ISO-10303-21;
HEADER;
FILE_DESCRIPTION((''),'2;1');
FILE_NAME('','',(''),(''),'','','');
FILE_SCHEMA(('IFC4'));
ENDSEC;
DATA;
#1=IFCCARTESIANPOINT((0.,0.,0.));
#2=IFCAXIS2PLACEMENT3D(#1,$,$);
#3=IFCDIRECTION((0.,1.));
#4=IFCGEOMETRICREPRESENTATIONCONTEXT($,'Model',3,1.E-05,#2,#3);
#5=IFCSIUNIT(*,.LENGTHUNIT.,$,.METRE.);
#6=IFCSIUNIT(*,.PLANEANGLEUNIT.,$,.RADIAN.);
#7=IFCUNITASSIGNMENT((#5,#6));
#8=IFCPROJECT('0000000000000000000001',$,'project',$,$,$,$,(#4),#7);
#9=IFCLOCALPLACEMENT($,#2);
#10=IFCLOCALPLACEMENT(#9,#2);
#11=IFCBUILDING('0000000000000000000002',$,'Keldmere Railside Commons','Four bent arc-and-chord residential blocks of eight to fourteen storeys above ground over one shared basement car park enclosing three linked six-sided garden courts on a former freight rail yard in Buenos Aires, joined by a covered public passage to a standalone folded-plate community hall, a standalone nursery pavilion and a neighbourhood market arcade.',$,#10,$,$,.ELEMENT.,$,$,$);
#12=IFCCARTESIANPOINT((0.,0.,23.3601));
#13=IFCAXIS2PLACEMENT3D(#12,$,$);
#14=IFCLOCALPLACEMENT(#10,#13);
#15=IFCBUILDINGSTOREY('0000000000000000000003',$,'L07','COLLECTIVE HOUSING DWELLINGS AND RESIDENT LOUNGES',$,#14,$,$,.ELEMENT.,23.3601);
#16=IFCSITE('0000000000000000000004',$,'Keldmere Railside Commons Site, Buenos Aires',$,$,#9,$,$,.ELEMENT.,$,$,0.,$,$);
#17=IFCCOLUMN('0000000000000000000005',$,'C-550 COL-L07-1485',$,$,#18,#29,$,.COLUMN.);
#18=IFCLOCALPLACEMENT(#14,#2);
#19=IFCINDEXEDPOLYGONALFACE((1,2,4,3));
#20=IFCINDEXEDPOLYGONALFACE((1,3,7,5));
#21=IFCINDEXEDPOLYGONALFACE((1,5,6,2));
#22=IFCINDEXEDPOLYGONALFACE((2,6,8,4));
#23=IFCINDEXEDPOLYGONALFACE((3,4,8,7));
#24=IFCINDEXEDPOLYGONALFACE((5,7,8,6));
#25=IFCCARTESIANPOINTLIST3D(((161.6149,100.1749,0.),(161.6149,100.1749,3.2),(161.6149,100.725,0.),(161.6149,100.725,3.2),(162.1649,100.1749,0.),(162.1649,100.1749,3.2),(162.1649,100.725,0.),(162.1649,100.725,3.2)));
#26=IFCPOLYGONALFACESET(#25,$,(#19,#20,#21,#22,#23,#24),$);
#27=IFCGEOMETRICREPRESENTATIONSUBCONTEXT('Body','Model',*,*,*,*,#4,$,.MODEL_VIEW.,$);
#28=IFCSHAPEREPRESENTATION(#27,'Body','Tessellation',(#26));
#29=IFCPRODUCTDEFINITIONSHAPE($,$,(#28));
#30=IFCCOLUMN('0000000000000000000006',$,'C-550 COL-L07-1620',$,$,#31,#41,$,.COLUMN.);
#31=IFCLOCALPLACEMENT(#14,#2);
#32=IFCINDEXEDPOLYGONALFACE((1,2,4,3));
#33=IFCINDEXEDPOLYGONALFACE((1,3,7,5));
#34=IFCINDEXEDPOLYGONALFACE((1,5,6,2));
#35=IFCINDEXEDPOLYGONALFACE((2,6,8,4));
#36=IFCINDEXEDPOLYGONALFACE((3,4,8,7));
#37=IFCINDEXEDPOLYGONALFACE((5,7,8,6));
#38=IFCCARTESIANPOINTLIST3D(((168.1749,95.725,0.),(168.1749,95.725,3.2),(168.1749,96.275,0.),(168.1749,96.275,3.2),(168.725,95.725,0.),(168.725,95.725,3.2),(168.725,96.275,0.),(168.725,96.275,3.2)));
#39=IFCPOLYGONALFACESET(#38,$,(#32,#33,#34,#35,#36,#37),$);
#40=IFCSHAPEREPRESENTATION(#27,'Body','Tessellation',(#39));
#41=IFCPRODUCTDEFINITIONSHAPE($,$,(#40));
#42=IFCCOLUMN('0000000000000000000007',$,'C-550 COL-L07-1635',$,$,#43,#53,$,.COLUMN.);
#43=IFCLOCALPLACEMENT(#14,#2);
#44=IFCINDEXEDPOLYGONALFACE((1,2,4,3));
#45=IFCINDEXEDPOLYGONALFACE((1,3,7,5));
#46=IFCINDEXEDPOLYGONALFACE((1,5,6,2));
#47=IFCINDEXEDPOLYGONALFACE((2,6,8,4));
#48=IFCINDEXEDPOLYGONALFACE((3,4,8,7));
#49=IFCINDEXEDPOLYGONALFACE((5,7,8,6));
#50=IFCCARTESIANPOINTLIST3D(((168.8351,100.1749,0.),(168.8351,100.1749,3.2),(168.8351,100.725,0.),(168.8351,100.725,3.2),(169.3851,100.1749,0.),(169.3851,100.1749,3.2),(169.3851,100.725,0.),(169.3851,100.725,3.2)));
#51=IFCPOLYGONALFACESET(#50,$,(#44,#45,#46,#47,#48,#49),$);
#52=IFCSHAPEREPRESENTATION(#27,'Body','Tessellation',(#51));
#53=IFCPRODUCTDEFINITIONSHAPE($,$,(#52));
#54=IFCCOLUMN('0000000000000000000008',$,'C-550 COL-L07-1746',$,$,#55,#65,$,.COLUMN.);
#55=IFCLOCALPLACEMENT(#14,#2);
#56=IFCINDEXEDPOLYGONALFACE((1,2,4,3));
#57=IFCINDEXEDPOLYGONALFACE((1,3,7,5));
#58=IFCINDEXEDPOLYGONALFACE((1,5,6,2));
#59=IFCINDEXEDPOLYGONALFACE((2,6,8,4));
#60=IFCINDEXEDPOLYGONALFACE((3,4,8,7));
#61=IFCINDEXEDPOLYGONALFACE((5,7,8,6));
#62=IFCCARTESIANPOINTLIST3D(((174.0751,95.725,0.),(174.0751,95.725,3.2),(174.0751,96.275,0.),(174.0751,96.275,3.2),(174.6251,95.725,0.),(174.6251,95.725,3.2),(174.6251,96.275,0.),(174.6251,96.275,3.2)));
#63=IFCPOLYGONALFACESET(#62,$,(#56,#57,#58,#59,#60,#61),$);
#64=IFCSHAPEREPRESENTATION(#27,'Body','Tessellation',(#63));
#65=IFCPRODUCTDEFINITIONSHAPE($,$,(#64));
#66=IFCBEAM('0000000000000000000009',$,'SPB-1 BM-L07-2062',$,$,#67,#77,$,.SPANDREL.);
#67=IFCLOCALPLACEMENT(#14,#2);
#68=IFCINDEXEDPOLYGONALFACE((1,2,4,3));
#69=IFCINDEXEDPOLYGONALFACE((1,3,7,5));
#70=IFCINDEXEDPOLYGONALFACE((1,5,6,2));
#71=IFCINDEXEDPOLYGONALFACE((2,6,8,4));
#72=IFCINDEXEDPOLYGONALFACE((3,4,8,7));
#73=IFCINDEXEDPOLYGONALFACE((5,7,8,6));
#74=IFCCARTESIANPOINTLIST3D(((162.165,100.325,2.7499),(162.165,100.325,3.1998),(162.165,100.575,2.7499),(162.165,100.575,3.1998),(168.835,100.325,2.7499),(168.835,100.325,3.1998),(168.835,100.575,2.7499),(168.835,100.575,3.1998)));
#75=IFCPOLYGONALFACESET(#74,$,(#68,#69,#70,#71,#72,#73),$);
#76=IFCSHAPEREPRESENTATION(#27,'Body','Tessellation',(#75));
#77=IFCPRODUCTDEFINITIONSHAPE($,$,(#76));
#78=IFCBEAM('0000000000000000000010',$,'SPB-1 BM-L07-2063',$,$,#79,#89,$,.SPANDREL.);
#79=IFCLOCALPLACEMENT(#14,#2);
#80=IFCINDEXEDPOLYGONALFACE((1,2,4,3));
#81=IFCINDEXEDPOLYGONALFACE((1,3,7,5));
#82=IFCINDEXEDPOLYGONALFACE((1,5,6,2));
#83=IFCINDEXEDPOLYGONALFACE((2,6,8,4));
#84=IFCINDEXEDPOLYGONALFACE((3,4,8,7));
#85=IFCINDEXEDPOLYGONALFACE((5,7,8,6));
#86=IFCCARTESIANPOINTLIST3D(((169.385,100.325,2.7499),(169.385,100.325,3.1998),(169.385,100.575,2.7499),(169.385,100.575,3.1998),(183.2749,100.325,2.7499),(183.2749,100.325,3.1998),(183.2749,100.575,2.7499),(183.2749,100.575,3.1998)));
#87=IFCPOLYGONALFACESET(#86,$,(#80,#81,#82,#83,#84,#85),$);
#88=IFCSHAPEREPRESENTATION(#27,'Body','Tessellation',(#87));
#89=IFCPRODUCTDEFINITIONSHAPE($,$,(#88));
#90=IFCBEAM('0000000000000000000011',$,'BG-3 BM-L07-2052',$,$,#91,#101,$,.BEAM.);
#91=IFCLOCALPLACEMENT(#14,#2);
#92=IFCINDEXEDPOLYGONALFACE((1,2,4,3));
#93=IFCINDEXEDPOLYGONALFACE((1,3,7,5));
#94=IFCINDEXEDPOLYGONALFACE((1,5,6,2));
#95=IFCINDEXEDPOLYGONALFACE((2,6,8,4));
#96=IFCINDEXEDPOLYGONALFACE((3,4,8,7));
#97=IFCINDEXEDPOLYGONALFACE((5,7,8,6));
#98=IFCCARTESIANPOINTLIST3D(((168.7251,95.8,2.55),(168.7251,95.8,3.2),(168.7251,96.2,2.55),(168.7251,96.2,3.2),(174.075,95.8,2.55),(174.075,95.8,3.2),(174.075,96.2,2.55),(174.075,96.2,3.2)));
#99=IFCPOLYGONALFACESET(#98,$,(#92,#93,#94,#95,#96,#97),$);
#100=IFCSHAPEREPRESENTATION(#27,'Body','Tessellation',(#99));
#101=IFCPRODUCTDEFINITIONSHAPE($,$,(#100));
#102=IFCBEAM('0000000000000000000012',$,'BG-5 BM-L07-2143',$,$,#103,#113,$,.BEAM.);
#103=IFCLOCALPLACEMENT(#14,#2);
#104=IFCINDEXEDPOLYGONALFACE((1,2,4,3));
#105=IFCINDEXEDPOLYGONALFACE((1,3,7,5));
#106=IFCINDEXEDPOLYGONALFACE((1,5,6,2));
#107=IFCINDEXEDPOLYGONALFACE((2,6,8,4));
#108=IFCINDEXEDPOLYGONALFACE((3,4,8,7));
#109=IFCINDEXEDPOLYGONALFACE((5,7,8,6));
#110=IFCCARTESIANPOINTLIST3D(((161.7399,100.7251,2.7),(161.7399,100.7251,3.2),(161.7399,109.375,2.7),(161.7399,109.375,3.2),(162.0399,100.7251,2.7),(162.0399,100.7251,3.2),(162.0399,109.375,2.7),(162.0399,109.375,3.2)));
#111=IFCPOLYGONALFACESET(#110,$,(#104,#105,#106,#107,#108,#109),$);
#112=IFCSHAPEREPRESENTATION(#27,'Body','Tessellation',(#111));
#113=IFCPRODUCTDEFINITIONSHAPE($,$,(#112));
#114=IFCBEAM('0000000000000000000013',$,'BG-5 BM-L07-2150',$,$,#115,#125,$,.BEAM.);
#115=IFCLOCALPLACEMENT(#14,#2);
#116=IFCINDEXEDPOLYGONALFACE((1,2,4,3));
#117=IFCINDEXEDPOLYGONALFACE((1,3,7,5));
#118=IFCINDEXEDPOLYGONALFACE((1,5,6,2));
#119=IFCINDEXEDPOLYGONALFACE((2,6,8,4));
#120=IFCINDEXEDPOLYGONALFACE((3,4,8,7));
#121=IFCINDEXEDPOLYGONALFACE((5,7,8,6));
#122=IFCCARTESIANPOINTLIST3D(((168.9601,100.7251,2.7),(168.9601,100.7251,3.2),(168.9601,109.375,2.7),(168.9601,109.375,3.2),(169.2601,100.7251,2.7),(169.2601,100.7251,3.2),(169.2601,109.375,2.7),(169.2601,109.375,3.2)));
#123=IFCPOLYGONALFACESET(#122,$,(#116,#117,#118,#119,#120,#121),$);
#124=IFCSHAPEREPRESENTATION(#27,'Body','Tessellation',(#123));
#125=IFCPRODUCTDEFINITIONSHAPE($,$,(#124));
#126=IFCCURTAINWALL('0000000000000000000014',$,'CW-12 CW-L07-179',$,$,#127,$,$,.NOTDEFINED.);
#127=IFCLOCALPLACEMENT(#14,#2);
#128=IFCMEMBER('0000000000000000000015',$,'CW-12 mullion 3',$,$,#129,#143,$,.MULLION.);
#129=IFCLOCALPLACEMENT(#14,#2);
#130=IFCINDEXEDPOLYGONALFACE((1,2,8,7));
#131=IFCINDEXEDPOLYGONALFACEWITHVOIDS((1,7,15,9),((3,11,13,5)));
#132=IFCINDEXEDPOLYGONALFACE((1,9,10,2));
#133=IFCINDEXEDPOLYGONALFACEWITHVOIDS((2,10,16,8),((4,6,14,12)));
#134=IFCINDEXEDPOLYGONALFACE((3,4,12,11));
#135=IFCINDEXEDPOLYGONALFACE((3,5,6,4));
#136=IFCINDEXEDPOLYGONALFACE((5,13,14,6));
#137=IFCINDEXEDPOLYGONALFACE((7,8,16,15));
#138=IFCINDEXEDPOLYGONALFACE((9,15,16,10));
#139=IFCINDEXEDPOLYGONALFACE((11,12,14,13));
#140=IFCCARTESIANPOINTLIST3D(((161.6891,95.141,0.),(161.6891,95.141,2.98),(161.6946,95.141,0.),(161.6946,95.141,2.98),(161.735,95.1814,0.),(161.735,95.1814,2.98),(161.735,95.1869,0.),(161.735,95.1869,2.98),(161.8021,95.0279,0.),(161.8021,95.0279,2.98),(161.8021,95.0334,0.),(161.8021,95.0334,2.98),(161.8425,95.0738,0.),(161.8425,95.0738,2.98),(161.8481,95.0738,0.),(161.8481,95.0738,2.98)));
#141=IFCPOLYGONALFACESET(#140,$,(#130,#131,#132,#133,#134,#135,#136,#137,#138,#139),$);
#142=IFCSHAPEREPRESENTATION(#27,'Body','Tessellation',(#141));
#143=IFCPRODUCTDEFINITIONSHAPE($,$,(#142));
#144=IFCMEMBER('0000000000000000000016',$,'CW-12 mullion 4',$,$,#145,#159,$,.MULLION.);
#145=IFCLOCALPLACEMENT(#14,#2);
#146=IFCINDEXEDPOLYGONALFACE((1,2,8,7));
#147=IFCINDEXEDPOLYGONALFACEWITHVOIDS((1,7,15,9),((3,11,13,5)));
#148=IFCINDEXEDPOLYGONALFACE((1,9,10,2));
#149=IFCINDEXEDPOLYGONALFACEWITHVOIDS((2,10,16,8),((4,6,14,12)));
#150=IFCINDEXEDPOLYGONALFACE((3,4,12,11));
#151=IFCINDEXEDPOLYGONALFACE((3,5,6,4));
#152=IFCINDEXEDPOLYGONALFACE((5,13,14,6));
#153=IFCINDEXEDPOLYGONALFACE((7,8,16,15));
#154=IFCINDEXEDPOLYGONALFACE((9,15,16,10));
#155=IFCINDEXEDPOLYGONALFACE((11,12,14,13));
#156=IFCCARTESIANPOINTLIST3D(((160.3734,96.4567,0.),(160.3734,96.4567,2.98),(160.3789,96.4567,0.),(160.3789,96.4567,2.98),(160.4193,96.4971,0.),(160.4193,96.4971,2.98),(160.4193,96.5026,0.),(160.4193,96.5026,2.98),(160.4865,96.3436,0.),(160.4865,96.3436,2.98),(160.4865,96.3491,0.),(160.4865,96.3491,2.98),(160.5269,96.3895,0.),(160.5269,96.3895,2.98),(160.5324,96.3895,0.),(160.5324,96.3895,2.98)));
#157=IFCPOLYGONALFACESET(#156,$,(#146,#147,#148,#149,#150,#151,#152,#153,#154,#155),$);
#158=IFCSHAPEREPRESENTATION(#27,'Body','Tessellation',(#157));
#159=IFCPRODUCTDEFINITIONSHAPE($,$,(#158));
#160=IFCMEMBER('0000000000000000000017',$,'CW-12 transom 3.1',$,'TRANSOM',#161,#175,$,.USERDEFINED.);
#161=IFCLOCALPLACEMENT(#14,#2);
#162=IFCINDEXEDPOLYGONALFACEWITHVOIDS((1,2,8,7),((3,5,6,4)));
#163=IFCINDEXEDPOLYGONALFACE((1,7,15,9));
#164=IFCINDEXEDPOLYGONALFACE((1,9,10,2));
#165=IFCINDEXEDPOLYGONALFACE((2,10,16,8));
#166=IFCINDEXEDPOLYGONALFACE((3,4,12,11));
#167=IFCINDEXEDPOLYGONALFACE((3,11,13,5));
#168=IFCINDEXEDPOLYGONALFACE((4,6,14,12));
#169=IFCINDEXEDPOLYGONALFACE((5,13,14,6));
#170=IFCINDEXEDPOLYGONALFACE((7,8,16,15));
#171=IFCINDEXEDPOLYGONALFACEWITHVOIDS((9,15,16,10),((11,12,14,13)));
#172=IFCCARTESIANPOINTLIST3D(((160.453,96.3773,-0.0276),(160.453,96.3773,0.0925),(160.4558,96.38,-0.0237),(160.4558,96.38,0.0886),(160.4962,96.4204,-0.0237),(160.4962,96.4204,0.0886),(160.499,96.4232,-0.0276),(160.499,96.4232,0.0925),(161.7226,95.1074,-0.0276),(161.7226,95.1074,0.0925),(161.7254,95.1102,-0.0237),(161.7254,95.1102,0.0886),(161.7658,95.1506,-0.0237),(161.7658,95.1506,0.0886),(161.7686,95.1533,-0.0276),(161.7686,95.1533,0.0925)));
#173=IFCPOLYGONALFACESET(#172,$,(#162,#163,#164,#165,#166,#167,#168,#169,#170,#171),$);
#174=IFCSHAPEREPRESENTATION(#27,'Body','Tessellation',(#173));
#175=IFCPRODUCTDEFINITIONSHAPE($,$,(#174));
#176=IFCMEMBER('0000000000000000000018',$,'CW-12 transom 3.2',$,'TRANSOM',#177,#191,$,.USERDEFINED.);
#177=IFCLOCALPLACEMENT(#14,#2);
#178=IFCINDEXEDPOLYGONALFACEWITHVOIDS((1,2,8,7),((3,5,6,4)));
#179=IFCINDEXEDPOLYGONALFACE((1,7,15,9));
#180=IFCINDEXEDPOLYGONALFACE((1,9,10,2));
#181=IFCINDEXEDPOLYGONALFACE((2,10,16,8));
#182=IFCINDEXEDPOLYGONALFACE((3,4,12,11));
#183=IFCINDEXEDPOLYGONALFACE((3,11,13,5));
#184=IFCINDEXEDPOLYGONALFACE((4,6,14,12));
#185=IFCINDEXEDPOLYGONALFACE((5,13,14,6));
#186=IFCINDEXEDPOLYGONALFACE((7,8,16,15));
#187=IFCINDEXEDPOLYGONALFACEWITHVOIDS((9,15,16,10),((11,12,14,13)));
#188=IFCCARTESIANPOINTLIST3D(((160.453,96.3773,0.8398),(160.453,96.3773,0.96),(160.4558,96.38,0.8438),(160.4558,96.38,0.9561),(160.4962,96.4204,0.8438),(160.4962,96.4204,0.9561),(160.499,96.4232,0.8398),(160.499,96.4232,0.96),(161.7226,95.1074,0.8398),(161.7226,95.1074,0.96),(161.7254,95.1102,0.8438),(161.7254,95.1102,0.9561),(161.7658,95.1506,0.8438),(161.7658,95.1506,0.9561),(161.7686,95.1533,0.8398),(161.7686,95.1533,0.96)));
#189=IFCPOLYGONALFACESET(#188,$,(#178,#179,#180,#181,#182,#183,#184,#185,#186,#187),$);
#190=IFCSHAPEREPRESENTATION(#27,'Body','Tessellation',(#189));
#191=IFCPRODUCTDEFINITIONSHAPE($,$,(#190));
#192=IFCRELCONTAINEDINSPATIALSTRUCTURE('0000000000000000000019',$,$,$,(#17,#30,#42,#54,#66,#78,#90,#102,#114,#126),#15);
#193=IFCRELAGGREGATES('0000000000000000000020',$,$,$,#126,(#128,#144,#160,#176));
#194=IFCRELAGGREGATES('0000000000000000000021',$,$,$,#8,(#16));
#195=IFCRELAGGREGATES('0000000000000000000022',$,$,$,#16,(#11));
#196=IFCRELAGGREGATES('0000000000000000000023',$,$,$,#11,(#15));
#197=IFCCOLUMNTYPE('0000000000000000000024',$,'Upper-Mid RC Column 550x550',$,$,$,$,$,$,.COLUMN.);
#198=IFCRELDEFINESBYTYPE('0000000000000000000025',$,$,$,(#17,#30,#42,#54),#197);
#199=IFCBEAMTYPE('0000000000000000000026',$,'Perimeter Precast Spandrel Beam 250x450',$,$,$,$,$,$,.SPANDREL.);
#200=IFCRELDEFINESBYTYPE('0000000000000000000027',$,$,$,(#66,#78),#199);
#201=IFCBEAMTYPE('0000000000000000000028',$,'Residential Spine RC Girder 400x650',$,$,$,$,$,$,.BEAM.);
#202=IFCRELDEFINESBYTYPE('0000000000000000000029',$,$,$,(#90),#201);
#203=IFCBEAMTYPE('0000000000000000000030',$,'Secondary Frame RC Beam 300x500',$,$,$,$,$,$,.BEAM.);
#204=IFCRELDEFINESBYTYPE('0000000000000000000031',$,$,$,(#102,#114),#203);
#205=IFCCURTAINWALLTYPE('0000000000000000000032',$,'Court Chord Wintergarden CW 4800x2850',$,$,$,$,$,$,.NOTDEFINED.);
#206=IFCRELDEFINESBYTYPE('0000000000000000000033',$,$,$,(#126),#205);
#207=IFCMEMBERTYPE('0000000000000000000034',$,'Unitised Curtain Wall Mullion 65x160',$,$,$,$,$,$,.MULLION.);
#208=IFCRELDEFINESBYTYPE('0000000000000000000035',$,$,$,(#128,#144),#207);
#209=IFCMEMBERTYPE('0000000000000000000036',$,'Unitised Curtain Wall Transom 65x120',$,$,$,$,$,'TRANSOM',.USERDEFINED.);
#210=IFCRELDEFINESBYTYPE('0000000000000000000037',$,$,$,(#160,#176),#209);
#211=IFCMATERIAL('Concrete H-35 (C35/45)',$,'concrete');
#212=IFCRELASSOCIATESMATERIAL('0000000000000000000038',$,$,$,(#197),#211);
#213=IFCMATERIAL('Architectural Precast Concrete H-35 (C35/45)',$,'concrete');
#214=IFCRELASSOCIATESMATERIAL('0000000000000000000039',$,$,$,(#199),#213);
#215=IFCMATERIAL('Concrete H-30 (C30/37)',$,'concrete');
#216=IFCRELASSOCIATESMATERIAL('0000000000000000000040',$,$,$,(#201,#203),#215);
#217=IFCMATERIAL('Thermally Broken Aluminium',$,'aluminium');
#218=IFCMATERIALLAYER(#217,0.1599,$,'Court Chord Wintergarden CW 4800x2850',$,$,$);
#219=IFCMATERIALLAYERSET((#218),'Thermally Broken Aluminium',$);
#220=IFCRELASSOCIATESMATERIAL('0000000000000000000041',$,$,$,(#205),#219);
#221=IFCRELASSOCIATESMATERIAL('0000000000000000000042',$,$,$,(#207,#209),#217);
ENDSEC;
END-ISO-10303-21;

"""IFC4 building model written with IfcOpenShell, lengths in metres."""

from ifc_helpers import new_model, si_unit, direction, frame, origin, origin_2d, place, context, subcontext, project, spatial, rectangle, hollow_rectangle, extrude, material, layer, layer_set, material_profile, profile_set, type_object, element, aggregate, save


model = new_model("IFC4")

# Units and contexts
model_context = context("Model", 3, precision=1e-05, world=origin(), true_north=direction((0.0, 1.0)))
body_context = subcontext(model_context, "Body", "Model", "MODEL_VIEW")
ifc_project = project(units=[si_unit("LENGTHUNIT", "METRE"), si_unit("PLANEANGLEUNIT", "RADIAN")], contexts=[model_context])

# Site, building, storey
site_placement = place(None, origin())
site = spatial("IfcSite", under=ifc_project, at=site_placement, Name="Keldmere Railside Commons Site, Buenos Aires", CompositionType="ELEMENT", RefElevation=0.0)
building_placement = place(site_placement, origin())
building = spatial("IfcBuilding", under=site, at=building_placement, Name="Keldmere Railside Commons", Description="Four bent arc-and-chord residential blocks of eight to fourteen storeys above ground over one shared basement car park enclosing three linked six-sided garden courts on a former freight rail yard in Buenos Aires, joined by a covered public passage to a standalone folded-plate community hall, a standalone nursery pavilion and a neighbourhood market arcade.", CompositionType="ELEMENT")
storey_placement = place(building_placement, frame((0.0, 0.0, 23.3601)))
storey = spatial("IfcBuildingStorey", under=building, at=storey_placement, Name="L07", Description="COLLECTIVE HOUSING DWELLINGS AND RESIDENT LOUNGES", CompositionType="ELEMENT", Elevation=23.3601)

# Columns
ifc_material_1 = material(Name="Concrete H-35 (C35/45)", Category="concrete")
ifc_material_profile_1 = material_profile(ifc_material_1, rectangle(XDim=0.55, YDim=0.55, at=origin_2d()), Name="RC-550x550")
ifc_profile_set_1 = profile_set([ifc_material_profile_1], Name="Concrete H-35 (C35/45)")
column_type = type_object("IfcColumnType", Name="Upper-Mid RC Column 550x550", PredefinedType="COLUMN", material=ifc_profile_set_1)
for number, where, z_axis, x_axis, name in (
    (1, (161.8899, 100.45, 0.0), (0.0, 0.0, 1.0), (1.0, 0.0, 0.0), "C-550 COL-L07-1485"),
    (2, (168.45, 96.0, 0.0), (0.0, 0.0, 1.0), (1.0, 0.0, 0.0), "C-550 COL-L07-1620"),
    (3, (169.1101, 100.45, 0.0), (0.0, 0.0, 1.0), (1.0, 0.0, 0.0), "C-550 COL-L07-1635"),
    (4, (174.3501, 96.0, 0.0), (0.0, 0.0, 1.0), (1.0, 0.0, 0.0), "C-550 COL-L07-1746"),
):
    element("IfcColumn", number, at=place(storey_placement, frame(where, z_axis=z_axis, x_axis=x_axis)), inside=storey, type_object=column_type, Name=name, PredefinedType="COLUMN", context=body_context, shape_type="SweptSolid", body=[
        extrude(rectangle(XDim=0.55, YDim=0.55, at=origin_2d()), origin(), (0.0, 0.0, 1.0), 3.2),
    ])

# Beams
ifc_material_2 = material(Name="Architectural Precast Concrete H-35 (C35/45)", Category="concrete")
ifc_material_profile_2 = material_profile(ifc_material_2, rectangle(XDim=0.25, YDim=0.45, at=origin_2d()), Name="RC-250x450")
ifc_profile_set_2 = profile_set([ifc_material_profile_2], Name="Architectural Precast Concrete H-35 (C35/45)")
beam_type_1 = type_object("IfcBeamType", Name="Perimeter Precast Spandrel Beam 250x450", PredefinedType="SPANDREL", material=ifc_profile_set_2)
beam_1_placement = place(storey_placement, frame((162.165, 100.45, 2.9749), z_axis=(1.0, 0.0, 0.0), x_axis=(0.0, 1.0, 0.0)))
element("IfcBeam", 5, at=beam_1_placement, inside=storey, type_object=beam_type_1, Name="SPB-1 BM-L07-2062", PredefinedType="SPANDREL", context=body_context, shape_type="SweptSolid", body=[
    extrude(rectangle(XDim=0.25, YDim=0.45, at=origin_2d()), origin(), (0.0, 0.0, 1.0), 6.6699),
])
beam_2_placement = place(storey_placement, frame((169.385, 100.45, 2.9749), z_axis=(1.0, 0.0, 0.0), x_axis=(0.0, 1.0, 0.0)))
element("IfcBeam", 6, at=beam_2_placement, inside=storey, type_object=beam_type_1, Name="SPB-1 BM-L07-2063", PredefinedType="SPANDREL", context=body_context, shape_type="SweptSolid", body=[
    extrude(rectangle(XDim=0.25, YDim=0.45, at=origin_2d()), origin(), (0.0, 0.0, 1.0), 13.8899),
])
ifc_material_3 = material(Name="Concrete H-30 (C30/37)", Category="concrete")
ifc_material_profile_3 = material_profile(ifc_material_3, rectangle(XDim=0.3999, YDim=0.6499, at=origin_2d()), Name="RC-400x650")
ifc_profile_set_3 = profile_set([ifc_material_profile_3], Name="Concrete H-30 (C30/37)")
beam_type_2 = type_object("IfcBeamType", Name="Residential Spine RC Girder 400x650", PredefinedType="BEAM", material=ifc_profile_set_3)
beam_3_placement = place(storey_placement, frame((168.7251, 96.0, 2.875), z_axis=(1.0, 0.0, 0.0), x_axis=(0.0, 1.0, 0.0)))
element("IfcBeam", 7, at=beam_3_placement, inside=storey, type_object=beam_type_2, Name="BG-3 BM-L07-2052", PredefinedType="BEAM", context=body_context, shape_type="SweptSolid", body=[
    extrude(rectangle(XDim=0.3999, YDim=0.6499, at=origin_2d()), origin(), (0.0, 0.0, 1.0), 5.3499),
])
ifc_material_profile_4 = material_profile(ifc_material_3, rectangle(XDim=0.3, YDim=0.5, at=origin_2d()), Name="RC-300x500")
ifc_profile_set_4 = profile_set([ifc_material_profile_4], Name="Concrete H-30 (C30/37)")
beam_type_3 = type_object("IfcBeamType", Name="Secondary Frame RC Beam 300x500", PredefinedType="BEAM", material=ifc_profile_set_4)
for number, where, z_axis, x_axis, name in (
    (8, (161.8899, 100.7251, 2.95), (0.0, 1.0, 0.0), (-1.0, 0.0, 0.0), "BG-5 BM-L07-2143"),
    (9, (169.1101, 100.7251, 2.95), (0.0, 1.0, 0.0), (-1.0, 0.0, 0.0), "BG-5 BM-L07-2150"),
):
    element("IfcBeam", number, at=place(storey_placement, frame(where, z_axis=z_axis, x_axis=x_axis)), inside=storey, type_object=beam_type_3, Name=name, PredefinedType="BEAM", context=body_context, shape_type="SweptSolid", body=[
        extrude(rectangle(XDim=0.3, YDim=0.5, at=origin_2d()), origin(), (0.0, 0.0, 1.0), 8.6499),
    ])

# Curtain wall, members
ifc_material_4 = material(Name="Thermally Broken Aluminium", Category="aluminium")
ifc_layer_1 = layer(ifc_material_4, 0.1599, Name="Court Chord Wintergarden CW 4800x2850")
ifc_layer_set_1 = layer_set([ifc_layer_1], Name="Thermally Broken Aluminium")
curtain_wall_type = type_object("IfcCurtainWallType", Name="Court Chord Wintergarden CW 4800x2850", PredefinedType="NOTDEFINED", material=ifc_layer_set_1)
curtain_wall_placement = place(storey_placement, origin())
curtain_wall = element("IfcCurtainWall", 10, at=curtain_wall_placement, inside=storey, type_object=curtain_wall_type, Name="CW-12 CW-L07-179", PredefinedType="NOTDEFINED")
ifc_material_profile_5 = material_profile(ifc_material_4, hollow_rectangle(XDim=0.0649, YDim=0.1599, WallThickness=0.0039, at=origin_2d()), Name="ALU-MULL-65x160")
ifc_profile_set_5 = profile_set([ifc_material_profile_5], Name="Thermally Broken Aluminium")
member_type_1 = type_object("IfcMemberType", Name="Unitised Curtain Wall Mullion 65x160", PredefinedType="MULLION", material=ifc_profile_set_5)
member_1_placement = place(storey_placement, frame((161.7686, 95.1074, 0.0), z_axis=(0.0, 0.0, 1.0), x_axis=(-0.707107, -0.707107, 0.0)))
member_1 = element("IfcMember", 11, at=member_1_placement, type_object=member_type_1, Name="CW-12 mullion 3", PredefinedType="MULLION", context=body_context, shape_type="SweptSolid", body=[
    extrude(hollow_rectangle(XDim=0.0649, YDim=0.1599, WallThickness=0.0039, at=origin_2d()), origin(), (0.0, 0.0, 1.0), 2.98),
])
member_2_placement = place(storey_placement, frame((160.4529, 96.4231, 0.0), z_axis=(0.0, 0.0, 1.0), x_axis=(-0.707107, -0.707107, 0.0)))
member_2 = element("IfcMember", 12, at=member_2_placement, type_object=member_type_1, Name="CW-12 mullion 4", PredefinedType="MULLION", context=body_context, shape_type="SweptSolid", body=[
    extrude(hollow_rectangle(XDim=0.0649, YDim=0.1599, WallThickness=0.0039, at=origin_2d()), origin(), (0.0, 0.0, 1.0), 2.98),
])
ifc_material_profile_6 = material_profile(ifc_material_4, hollow_rectangle(XDim=0.0649, YDim=0.1201, WallThickness=0.0039, at=origin_2d()), Name="ALU-TRAN-65x120")
ifc_profile_set_6 = profile_set([ifc_material_profile_6], Name="Thermally Broken Aluminium")
member_type_2 = type_object("IfcMemberType", Name="Unitised Curtain Wall Transom 65x120", ElementType="TRANSOM", PredefinedType="USERDEFINED", material=ifc_profile_set_6)
member_3_placement = place(storey_placement, frame((161.7456, 95.1304, 0.0325), z_axis=(-0.707039, 0.707175, 0.0), x_axis=(-0.707175, -0.707039, 0.0)))
member_3 = element("IfcMember", 13, at=member_3_placement, type_object=member_type_2, Name="CW-12 transom 3.1", ObjectType="TRANSOM", PredefinedType="USERDEFINED", context=body_context, shape_type="SweptSolid", body=[
    extrude(hollow_rectangle(XDim=0.0649, YDim=0.1201, WallThickness=0.0039, at=origin_2d()), origin(), (0.0, 0.0, 1.0), 1.7957),
])
member_4_placement = place(storey_placement, frame((161.7456, 95.1304, 0.8999), z_axis=(-0.707039, 0.707175, 0.0), x_axis=(-0.707175, -0.707039, 0.0)))
member_4 = element("IfcMember", 14, at=member_4_placement, type_object=member_type_2, Name="CW-12 transom 3.2", ObjectType="TRANSOM", PredefinedType="USERDEFINED", context=body_context, shape_type="SweptSolid", body=[
    extrude(hollow_rectangle(XDim=0.0649, YDim=0.1201, WallThickness=0.0039, at=origin_2d()), origin(), (0.0, 0.0, 1.0), 1.7957),
])
aggregate(curtain_wall, [member_1, member_2, member_3, member_4])

save(model, "model.ifc")
